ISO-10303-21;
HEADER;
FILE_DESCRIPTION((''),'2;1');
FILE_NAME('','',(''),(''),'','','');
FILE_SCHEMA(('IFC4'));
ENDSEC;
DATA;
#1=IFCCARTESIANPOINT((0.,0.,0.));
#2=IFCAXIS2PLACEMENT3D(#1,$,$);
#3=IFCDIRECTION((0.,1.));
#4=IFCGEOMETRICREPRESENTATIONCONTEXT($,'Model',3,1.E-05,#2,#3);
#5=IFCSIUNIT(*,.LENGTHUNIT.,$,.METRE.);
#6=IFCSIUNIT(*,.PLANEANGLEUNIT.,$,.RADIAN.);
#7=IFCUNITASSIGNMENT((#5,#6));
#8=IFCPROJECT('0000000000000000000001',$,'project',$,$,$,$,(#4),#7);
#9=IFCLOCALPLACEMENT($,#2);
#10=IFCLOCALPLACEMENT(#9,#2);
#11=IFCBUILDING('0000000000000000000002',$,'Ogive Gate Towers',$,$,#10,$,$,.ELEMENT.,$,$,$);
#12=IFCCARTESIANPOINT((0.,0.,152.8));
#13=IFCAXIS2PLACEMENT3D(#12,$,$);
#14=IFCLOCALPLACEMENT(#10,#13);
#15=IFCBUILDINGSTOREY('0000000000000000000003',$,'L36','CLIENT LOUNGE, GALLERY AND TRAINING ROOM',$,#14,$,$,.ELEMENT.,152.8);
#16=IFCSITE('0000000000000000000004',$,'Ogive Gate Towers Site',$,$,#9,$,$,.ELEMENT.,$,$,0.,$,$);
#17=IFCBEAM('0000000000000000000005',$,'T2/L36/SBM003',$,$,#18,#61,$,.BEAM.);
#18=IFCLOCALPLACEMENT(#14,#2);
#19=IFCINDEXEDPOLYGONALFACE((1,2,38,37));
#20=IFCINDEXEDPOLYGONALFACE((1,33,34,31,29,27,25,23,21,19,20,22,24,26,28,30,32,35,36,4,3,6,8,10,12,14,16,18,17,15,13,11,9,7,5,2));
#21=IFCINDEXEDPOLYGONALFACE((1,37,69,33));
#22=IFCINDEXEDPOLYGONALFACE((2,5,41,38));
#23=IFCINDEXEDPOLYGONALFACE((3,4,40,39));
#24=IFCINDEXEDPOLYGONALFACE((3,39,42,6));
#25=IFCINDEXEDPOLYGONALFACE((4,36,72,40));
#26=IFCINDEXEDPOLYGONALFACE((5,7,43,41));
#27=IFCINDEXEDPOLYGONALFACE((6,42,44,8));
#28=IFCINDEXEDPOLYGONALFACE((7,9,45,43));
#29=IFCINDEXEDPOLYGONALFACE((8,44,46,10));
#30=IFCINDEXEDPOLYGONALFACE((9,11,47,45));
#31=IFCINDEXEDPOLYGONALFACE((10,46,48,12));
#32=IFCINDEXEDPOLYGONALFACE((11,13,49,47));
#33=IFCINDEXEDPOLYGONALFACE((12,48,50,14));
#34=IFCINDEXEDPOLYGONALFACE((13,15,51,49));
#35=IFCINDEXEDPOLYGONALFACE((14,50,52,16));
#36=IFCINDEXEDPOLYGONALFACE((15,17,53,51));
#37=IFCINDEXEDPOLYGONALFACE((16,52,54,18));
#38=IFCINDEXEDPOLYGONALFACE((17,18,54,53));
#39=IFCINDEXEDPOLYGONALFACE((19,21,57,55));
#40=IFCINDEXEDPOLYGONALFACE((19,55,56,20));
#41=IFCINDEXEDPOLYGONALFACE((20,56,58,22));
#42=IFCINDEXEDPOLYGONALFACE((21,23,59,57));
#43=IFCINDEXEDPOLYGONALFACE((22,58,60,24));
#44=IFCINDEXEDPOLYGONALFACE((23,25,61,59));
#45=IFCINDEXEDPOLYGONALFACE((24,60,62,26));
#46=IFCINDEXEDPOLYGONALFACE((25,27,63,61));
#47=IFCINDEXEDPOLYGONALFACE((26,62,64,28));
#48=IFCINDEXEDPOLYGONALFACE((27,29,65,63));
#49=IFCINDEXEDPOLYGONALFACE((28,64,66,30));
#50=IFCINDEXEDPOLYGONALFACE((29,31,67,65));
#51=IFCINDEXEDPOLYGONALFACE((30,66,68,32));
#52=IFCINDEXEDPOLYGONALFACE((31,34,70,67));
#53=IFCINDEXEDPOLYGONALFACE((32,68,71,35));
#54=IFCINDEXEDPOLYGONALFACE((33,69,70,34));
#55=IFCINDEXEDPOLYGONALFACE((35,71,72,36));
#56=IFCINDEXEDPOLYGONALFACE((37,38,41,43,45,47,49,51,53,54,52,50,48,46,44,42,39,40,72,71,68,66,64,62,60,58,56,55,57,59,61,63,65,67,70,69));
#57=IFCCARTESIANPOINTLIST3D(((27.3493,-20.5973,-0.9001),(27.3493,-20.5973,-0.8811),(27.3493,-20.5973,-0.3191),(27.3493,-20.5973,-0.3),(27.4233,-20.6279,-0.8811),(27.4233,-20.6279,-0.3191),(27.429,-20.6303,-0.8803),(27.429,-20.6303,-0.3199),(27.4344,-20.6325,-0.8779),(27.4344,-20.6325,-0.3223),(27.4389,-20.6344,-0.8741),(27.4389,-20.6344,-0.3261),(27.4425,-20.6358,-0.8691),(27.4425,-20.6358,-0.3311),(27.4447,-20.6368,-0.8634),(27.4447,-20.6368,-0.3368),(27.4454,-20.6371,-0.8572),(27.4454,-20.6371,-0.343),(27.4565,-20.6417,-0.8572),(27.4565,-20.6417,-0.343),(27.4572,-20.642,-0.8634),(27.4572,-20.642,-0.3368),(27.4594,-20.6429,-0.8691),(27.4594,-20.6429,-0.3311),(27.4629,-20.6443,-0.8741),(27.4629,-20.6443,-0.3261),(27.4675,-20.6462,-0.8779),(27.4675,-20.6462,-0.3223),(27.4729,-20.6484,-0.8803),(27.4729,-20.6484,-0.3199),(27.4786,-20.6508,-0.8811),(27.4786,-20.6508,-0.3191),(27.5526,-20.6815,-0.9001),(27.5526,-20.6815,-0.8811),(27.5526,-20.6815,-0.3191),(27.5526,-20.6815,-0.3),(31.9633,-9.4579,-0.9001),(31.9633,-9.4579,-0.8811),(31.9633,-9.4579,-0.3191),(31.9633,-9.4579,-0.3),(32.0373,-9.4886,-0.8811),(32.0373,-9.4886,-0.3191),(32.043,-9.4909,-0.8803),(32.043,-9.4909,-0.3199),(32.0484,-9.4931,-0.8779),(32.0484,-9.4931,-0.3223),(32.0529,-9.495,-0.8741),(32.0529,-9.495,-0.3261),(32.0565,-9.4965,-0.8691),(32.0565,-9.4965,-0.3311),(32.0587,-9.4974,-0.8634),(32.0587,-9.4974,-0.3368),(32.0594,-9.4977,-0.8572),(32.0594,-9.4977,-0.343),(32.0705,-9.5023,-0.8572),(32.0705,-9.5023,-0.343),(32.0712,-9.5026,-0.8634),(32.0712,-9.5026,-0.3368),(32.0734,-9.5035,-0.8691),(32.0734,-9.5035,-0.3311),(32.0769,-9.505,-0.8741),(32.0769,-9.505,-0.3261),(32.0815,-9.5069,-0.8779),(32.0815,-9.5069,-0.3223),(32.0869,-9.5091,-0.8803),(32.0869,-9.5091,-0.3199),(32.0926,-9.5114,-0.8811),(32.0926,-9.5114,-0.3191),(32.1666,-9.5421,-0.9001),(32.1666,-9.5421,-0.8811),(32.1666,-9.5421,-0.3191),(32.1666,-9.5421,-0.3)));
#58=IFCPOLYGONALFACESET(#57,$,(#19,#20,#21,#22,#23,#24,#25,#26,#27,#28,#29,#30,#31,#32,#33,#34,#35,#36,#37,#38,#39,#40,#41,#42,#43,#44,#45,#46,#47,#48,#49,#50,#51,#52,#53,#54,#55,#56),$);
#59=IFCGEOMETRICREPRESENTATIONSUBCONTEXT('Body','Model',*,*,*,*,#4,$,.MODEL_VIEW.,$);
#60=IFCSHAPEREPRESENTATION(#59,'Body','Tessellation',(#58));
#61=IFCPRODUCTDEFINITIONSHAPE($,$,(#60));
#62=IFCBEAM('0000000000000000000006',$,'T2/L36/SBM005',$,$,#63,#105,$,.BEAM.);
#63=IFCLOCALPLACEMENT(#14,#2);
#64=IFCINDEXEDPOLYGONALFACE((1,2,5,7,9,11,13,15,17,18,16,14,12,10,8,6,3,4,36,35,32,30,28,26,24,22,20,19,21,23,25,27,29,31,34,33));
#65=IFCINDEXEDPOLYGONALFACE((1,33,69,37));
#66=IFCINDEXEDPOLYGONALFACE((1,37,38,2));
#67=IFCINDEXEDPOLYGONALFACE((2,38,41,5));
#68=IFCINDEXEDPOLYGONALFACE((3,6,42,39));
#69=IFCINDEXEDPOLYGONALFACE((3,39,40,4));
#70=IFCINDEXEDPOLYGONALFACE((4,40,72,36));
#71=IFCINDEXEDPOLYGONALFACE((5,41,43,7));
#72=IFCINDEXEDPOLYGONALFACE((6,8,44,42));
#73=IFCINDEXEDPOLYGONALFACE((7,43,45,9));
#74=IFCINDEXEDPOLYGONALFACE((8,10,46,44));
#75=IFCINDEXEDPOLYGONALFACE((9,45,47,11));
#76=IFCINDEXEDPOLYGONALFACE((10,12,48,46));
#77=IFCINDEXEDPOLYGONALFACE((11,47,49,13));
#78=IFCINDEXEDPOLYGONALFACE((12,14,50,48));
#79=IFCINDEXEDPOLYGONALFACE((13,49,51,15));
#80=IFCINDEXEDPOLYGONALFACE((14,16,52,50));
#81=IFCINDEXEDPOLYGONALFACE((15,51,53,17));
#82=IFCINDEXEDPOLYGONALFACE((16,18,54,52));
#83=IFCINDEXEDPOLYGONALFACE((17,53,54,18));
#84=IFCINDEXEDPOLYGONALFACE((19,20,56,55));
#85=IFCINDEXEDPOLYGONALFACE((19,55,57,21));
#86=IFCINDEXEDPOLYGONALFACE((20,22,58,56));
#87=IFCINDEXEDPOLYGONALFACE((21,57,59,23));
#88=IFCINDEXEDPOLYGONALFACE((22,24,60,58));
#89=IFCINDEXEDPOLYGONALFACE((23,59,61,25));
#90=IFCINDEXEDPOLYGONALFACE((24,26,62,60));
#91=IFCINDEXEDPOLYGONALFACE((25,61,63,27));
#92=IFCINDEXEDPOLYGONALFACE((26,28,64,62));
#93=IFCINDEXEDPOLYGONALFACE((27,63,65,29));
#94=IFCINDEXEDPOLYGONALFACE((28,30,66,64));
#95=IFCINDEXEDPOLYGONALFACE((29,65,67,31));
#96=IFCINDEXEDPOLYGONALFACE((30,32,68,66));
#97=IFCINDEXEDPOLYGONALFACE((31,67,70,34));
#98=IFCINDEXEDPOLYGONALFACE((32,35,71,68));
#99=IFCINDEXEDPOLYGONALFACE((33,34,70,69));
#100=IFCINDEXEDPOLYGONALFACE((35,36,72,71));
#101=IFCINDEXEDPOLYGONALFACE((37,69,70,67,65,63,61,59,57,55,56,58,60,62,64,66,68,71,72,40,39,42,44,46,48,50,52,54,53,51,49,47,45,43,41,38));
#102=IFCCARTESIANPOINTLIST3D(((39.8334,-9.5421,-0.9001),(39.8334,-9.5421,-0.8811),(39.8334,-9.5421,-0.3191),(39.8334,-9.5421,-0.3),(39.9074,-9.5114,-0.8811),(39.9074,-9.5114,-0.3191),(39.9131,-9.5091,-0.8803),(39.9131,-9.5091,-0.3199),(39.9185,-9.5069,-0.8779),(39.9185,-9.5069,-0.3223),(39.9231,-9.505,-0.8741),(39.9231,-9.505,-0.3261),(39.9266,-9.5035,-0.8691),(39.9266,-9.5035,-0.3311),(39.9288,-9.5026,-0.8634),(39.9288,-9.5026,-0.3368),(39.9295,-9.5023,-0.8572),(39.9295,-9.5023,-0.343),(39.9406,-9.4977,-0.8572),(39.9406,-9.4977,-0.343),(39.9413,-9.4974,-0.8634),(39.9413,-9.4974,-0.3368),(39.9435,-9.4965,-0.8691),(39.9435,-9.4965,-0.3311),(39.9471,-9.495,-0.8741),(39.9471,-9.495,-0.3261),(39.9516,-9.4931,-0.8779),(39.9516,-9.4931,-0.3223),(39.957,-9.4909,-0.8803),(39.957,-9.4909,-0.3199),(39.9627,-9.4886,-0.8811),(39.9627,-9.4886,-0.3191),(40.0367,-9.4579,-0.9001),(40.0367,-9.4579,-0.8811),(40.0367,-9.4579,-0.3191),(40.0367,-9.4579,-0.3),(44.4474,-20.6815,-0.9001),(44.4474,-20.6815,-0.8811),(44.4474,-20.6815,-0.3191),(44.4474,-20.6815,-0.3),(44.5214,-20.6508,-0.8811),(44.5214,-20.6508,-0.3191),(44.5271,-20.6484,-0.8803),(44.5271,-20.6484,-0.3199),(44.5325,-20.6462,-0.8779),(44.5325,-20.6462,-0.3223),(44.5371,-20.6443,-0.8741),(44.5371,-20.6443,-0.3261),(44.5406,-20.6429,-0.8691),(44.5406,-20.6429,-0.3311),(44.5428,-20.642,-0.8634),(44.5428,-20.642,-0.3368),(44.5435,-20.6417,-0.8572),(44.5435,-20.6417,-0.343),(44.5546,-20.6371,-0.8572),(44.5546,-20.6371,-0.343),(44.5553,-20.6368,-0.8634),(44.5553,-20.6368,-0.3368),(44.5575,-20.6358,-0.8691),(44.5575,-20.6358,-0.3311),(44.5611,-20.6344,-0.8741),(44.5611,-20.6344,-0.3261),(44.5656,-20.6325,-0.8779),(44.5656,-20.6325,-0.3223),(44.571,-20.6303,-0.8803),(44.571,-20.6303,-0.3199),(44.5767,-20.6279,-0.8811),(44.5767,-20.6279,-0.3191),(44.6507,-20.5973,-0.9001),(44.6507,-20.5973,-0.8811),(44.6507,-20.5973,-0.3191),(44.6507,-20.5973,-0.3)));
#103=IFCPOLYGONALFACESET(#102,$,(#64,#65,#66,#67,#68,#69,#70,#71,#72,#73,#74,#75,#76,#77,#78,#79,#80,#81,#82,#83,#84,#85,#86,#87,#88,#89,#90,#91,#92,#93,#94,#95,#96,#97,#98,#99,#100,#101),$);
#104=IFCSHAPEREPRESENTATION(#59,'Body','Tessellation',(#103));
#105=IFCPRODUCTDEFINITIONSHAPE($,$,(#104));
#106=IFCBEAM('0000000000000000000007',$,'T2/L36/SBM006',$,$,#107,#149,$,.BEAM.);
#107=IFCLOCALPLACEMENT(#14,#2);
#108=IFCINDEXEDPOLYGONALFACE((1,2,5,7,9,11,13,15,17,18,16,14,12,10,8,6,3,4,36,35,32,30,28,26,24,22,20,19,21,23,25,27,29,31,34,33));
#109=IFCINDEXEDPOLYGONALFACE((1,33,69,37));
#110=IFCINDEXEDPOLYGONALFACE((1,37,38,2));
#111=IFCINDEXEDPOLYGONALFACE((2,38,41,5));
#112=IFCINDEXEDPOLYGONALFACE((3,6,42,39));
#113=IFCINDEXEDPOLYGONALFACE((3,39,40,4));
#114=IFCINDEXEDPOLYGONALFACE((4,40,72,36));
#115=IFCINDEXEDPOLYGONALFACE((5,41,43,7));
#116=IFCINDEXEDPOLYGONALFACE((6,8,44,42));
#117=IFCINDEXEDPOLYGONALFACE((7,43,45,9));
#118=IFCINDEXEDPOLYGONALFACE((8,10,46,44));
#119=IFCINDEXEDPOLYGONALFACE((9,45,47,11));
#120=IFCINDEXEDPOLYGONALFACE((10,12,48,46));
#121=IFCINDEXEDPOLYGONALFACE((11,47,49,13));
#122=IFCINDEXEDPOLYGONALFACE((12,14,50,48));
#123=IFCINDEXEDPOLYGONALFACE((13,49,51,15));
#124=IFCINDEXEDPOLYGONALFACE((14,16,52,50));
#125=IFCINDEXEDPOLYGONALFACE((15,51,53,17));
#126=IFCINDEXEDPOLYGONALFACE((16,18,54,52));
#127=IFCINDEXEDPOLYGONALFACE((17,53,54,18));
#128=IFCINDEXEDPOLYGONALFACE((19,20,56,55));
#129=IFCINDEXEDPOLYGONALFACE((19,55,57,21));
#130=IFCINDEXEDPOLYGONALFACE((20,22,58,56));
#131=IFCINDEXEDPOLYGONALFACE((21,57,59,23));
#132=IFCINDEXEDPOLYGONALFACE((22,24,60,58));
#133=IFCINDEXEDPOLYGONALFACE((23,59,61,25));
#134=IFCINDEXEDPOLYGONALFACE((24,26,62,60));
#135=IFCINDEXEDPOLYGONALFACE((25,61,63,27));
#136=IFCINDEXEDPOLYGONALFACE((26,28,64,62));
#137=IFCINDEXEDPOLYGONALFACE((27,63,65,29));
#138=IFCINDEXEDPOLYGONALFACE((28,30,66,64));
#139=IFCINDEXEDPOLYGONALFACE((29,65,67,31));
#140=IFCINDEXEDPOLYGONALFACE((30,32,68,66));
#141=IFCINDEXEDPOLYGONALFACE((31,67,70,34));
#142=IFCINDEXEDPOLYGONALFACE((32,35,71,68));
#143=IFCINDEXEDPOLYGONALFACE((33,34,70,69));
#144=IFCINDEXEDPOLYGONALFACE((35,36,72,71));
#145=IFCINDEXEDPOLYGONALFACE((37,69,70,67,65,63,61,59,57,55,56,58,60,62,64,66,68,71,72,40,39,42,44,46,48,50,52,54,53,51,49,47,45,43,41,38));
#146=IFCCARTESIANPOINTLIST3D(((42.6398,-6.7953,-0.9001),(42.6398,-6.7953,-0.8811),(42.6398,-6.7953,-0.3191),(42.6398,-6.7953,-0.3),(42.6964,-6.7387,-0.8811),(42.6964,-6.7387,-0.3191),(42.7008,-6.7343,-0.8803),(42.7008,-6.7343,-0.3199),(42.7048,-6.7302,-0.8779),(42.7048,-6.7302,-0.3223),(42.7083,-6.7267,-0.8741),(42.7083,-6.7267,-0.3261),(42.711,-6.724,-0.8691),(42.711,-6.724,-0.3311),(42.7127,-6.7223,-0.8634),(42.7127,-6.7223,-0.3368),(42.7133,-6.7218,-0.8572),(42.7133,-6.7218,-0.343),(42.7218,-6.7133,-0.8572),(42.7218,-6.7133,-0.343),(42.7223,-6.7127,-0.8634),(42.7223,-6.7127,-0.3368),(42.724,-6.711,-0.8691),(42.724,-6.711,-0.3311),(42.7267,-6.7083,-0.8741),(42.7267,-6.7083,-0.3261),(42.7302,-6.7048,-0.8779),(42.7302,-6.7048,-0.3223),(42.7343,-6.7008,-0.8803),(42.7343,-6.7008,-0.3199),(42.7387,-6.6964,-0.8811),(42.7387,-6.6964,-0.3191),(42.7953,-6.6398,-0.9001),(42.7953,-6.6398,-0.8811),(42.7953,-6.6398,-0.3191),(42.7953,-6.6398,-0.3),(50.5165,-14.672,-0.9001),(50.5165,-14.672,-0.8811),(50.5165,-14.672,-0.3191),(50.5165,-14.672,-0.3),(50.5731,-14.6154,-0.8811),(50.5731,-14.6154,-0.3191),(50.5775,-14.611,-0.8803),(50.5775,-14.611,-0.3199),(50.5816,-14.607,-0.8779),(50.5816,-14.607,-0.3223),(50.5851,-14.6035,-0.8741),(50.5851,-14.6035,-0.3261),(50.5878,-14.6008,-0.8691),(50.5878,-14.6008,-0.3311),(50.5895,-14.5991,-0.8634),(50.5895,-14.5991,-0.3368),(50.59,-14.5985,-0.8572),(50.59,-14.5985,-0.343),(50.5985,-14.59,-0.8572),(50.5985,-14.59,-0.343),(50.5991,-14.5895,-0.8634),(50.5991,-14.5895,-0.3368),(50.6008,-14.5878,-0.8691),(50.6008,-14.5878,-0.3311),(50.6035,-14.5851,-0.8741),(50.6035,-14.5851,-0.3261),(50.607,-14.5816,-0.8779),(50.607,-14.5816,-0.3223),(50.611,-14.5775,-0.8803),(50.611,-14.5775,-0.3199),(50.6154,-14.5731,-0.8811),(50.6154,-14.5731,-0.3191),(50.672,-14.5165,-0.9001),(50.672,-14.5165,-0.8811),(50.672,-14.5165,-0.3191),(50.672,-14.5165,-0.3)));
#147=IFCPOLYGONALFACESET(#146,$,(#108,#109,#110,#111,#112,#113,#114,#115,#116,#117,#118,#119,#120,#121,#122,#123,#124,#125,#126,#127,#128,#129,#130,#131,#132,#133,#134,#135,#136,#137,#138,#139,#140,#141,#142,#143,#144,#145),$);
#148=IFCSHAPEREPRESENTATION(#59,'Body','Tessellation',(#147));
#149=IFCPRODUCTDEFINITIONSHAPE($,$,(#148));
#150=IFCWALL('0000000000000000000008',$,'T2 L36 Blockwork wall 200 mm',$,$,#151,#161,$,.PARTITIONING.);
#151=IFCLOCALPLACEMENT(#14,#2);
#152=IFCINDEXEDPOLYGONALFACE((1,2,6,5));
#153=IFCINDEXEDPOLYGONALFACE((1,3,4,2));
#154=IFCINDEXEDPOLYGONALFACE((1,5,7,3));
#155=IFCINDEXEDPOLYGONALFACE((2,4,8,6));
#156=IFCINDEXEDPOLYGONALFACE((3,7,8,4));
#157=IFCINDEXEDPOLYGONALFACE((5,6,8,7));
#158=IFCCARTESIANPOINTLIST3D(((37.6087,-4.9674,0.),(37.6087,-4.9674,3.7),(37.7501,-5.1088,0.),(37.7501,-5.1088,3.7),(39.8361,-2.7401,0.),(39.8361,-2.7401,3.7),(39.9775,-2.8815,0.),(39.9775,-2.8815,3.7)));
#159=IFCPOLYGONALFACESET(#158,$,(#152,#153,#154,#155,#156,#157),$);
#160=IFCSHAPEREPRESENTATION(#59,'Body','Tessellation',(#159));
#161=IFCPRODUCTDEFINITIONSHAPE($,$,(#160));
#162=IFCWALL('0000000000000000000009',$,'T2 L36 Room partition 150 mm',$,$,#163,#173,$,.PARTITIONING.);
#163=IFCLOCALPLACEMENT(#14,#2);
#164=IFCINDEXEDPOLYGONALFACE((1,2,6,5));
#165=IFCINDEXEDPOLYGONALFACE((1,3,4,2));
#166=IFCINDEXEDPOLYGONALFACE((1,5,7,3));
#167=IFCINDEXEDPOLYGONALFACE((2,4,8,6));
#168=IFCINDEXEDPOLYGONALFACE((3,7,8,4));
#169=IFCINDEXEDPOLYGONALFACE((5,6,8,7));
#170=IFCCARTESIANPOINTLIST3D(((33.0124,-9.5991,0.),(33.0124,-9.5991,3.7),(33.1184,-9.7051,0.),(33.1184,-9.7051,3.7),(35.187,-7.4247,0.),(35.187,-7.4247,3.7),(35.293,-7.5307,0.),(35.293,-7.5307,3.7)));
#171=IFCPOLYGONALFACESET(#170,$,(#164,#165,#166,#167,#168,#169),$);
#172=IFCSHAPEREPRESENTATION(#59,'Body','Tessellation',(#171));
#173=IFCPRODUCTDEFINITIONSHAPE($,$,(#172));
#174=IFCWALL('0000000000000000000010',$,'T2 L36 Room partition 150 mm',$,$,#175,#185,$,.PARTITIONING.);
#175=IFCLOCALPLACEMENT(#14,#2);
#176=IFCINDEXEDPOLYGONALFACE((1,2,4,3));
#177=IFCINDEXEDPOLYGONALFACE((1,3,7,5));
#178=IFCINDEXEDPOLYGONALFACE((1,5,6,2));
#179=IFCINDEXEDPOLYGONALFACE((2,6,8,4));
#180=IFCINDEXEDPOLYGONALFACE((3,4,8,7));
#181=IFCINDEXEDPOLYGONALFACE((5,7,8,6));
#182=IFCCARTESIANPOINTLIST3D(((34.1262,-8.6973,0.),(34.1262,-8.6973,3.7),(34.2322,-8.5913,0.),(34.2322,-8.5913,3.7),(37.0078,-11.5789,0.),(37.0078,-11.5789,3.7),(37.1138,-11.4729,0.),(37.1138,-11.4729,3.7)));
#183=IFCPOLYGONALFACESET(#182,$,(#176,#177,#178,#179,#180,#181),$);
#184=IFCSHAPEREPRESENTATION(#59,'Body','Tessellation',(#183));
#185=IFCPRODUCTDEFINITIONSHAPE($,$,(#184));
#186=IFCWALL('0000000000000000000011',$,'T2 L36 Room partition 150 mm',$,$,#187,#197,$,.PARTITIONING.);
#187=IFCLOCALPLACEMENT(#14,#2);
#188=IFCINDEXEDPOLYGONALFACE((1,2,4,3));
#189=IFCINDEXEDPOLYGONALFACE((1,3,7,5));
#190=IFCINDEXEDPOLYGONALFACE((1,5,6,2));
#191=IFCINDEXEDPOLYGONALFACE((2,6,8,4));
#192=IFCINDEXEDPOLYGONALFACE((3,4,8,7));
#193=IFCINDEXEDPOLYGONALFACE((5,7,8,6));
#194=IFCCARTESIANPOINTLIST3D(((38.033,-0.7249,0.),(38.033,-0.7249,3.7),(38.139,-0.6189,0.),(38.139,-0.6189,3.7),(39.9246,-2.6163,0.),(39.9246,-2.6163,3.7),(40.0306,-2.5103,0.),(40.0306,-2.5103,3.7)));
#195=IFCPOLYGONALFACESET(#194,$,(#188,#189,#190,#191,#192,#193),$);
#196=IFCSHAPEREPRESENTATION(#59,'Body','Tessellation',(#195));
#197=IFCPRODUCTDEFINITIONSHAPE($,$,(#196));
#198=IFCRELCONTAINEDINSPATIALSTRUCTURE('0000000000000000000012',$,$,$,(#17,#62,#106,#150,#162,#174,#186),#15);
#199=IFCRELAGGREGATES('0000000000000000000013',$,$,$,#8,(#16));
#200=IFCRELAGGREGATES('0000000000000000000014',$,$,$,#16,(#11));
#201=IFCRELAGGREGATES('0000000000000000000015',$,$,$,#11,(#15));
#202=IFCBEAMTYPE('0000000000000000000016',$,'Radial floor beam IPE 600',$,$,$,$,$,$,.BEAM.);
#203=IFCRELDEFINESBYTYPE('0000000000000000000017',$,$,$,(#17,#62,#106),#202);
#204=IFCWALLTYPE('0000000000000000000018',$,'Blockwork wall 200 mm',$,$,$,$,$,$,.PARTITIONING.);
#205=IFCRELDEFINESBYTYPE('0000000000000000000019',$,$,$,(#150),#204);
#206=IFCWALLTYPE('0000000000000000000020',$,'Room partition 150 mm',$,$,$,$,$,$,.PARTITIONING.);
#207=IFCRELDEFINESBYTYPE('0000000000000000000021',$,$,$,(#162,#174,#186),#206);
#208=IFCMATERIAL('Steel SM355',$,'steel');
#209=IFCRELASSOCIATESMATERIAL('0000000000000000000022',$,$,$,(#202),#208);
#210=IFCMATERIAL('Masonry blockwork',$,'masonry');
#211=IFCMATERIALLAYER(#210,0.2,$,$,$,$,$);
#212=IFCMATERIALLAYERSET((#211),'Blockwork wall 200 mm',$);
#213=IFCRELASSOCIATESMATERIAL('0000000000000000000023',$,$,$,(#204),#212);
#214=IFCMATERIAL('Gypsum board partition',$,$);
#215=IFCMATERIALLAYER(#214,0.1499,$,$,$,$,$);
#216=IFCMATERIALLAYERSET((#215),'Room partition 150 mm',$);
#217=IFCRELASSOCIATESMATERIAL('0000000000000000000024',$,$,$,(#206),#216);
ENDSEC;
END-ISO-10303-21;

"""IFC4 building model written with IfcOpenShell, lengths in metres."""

from ifc_helpers import new_model, si_unit, direction, frame, frame_2d, origin, origin_2d, place, context, subcontext, project, spatial, rectangle, i_section, extrude, material, layer, layer_set, material_profile, profile_set, type_object, element, save


model = new_model("IFC4")

# Units and contexts
model_context = context("Model", 3, precision=1e-05, world=origin(), true_north=direction((0.0, 1.0)))
body_context = subcontext(model_context, "Body", "Model", "MODEL_VIEW")
ifc_project = project(units=[si_unit("LENGTHUNIT", "METRE"), si_unit("PLANEANGLEUNIT", "RADIAN")], contexts=[model_context])

# Site, building, storey
site_placement = place(None, origin())
site = spatial("IfcSite", under=ifc_project, at=site_placement, Name="Ogive Gate Towers Site", CompositionType="ELEMENT", RefElevation=0.0)
building_placement = place(site_placement, origin())
building = spatial("IfcBuilding", under=site, at=building_placement, Name="Ogive Gate Towers", CompositionType="ELEMENT")
storey_placement = place(building_placement, frame((0.0, 0.0, 152.8)))
storey = spatial("IfcBuildingStorey", under=building, at=storey_placement, Name="L36", Description="CLIENT LOUNGE, GALLERY AND TRAINING ROOM", CompositionType="ELEMENT", Elevation=152.8)

# Beams
ifc_material_1 = material(Name="Steel SM355", Category="steel")
ifc_material_profile = material_profile(ifc_material_1, i_section(OverallWidth=0.22, OverallDepth=0.6001, WebThickness=0.012, FlangeThickness=0.019, FilletRadius=0.0239, at=origin_2d()), Name="IPE 600")
ifc_profile_set = profile_set([ifc_material_profile], Name="Steel SM355")
beam_type = type_object("IfcBeamType", Name="Radial floor beam IPE 600", PredefinedType="BEAM", material=ifc_profile_set)
for number, where, z_axis, x_axis, name in (
    (1, (32.0649, -9.5, -0.6001), (-0.382678, -0.923882, 0.0), (0.923882, -0.382678, 0.0), "T2/L36/SBM003"),
    (2, (39.9351, -9.5, -0.6001), (0.382678, -0.923882, 0.0), (0.923882, 0.382678, 0.0), "T2/L36/SBM005"),
):
    element("IfcBeam", number, at=place(storey_placement, frame(where, z_axis=z_axis, x_axis=x_axis)), inside=storey, type_object=beam_type, Name=name, PredefinedType="BEAM", context=body_context, shape_type="SweptSolid", body=[
        extrude(i_section(OverallWidth=0.22, OverallDepth=0.6001, WebThickness=0.012, FlangeThickness=0.019, FilletRadius=0.0239, at=origin_2d()), origin(), (0.0, 0.0, 1.0), 12.0571),
    ])
beam_placement = place(storey_placement, frame((42.7175, -6.7175, -0.6001), z_axis=(0.707107, -0.707107, 0.0), x_axis=(0.707107, 0.707107, 0.0)))
element("IfcBeam", 3, at=beam_placement, inside=storey, type_object=beam_type, Name="T2/L36/SBM006", PredefinedType="BEAM", context=body_context, shape_type="SweptSolid", body=[
    extrude(i_section(OverallWidth=0.22, OverallDepth=0.6001, WebThickness=0.012, FlangeThickness=0.019, FilletRadius=0.0239, at=origin_2d()), origin(), (0.0, 0.0, 1.0), 11.1394),
])

# Walls
ifc_material_2 = material(Name="Masonry blockwork", Category="masonry")
ifc_layer_1 = layer(ifc_material_2, 0.2)
ifc_layer_set_1 = layer_set([ifc_layer_1], Name="Blockwork wall 200 mm")
wall_type_1 = type_object("IfcWallType", Name="Blockwork wall 200 mm", PredefinedType="PARTITIONING", material=ifc_layer_set_1)
wall_1_placement = place(storey_placement, frame((37.6794, -5.0381, 0.0), z_axis=(0.0, 0.0, 1.0), x_axis=(0.707107, 0.707107, 0.0)))
element("IfcWall", 4, at=wall_1_placement, inside=storey, type_object=wall_type_1, Name="T2 L36 Blockwork wall 200 mm", PredefinedType="PARTITIONING", context=body_context, shape_type="SweptSolid", body=[
    extrude(rectangle(XDim=3.1499, YDim=0.2, at=frame_2d((1.575, 0.0))), origin(), (0.0, 0.0, 1.0), 3.7),
])
ifc_material_3 = material(Name="Gypsum board partition")
ifc_layer_2 = layer(ifc_material_3, 0.1499)
ifc_layer_set_2 = layer_set([ifc_layer_2], Name="Room partition 150 mm")
wall_type_2 = type_object("IfcWallType", Name="Room partition 150 mm", PredefinedType="PARTITIONING", material=ifc_layer_set_2)
wall_2_placement = place(storey_placement, frame((33.0654, -9.6521, 0.0), z_axis=(0.0, 0.0, 1.0), x_axis=(0.707146, 0.707067, 0.0)))
element("IfcWall", 5, at=wall_2_placement, inside=storey, type_object=wall_type_2, Name="T2 L36 Room partition 150 mm", PredefinedType="PARTITIONING", context=body_context, shape_type="SweptSolid", body=[
    extrude(rectangle(XDim=3.0752, YDim=0.1499, at=frame_2d((1.5376, 0.0))), origin(), (0.0, 0.0, 1.0), 3.7),
])
wall_3_placement = place(storey_placement, frame((37.0608, -11.5259, 0.0), z_axis=(0.0, 0.0, 1.0), x_axis=(-0.707107, 0.707107, 0.0)))
element("IfcWall", 6, at=wall_3_placement, inside=storey, type_object=wall_type_2, Name="T2 L36 Room partition 150 mm", PredefinedType="PARTITIONING", context=body_context, shape_type="SweptSolid", body=[
    extrude(rectangle(XDim=4.0752, YDim=0.1499, at=frame_2d((2.0376, 0.0))), origin(), (0.0, 0.0, 1.0), 3.7),
])
wall_4_placement = place(storey_placement, frame((39.9775, -2.5632, 0.0), z_axis=(0.0, 0.0, 1.0), x_axis=(-0.707152, 0.707061, 0.0)))
element("IfcWall", 7, at=wall_4_placement, inside=storey, type_object=wall_type_2, Name="T2 L36 Room partition 150 mm", PredefinedType="PARTITIONING", context=body_context, shape_type="SweptSolid", body=[
    extrude(rectangle(XDim=2.675, YDim=0.1499, at=frame_2d((1.3374, 0.0))), origin(), (0.0, 0.0, 1.0), 3.7),
])

save(model, "model.ifc")
